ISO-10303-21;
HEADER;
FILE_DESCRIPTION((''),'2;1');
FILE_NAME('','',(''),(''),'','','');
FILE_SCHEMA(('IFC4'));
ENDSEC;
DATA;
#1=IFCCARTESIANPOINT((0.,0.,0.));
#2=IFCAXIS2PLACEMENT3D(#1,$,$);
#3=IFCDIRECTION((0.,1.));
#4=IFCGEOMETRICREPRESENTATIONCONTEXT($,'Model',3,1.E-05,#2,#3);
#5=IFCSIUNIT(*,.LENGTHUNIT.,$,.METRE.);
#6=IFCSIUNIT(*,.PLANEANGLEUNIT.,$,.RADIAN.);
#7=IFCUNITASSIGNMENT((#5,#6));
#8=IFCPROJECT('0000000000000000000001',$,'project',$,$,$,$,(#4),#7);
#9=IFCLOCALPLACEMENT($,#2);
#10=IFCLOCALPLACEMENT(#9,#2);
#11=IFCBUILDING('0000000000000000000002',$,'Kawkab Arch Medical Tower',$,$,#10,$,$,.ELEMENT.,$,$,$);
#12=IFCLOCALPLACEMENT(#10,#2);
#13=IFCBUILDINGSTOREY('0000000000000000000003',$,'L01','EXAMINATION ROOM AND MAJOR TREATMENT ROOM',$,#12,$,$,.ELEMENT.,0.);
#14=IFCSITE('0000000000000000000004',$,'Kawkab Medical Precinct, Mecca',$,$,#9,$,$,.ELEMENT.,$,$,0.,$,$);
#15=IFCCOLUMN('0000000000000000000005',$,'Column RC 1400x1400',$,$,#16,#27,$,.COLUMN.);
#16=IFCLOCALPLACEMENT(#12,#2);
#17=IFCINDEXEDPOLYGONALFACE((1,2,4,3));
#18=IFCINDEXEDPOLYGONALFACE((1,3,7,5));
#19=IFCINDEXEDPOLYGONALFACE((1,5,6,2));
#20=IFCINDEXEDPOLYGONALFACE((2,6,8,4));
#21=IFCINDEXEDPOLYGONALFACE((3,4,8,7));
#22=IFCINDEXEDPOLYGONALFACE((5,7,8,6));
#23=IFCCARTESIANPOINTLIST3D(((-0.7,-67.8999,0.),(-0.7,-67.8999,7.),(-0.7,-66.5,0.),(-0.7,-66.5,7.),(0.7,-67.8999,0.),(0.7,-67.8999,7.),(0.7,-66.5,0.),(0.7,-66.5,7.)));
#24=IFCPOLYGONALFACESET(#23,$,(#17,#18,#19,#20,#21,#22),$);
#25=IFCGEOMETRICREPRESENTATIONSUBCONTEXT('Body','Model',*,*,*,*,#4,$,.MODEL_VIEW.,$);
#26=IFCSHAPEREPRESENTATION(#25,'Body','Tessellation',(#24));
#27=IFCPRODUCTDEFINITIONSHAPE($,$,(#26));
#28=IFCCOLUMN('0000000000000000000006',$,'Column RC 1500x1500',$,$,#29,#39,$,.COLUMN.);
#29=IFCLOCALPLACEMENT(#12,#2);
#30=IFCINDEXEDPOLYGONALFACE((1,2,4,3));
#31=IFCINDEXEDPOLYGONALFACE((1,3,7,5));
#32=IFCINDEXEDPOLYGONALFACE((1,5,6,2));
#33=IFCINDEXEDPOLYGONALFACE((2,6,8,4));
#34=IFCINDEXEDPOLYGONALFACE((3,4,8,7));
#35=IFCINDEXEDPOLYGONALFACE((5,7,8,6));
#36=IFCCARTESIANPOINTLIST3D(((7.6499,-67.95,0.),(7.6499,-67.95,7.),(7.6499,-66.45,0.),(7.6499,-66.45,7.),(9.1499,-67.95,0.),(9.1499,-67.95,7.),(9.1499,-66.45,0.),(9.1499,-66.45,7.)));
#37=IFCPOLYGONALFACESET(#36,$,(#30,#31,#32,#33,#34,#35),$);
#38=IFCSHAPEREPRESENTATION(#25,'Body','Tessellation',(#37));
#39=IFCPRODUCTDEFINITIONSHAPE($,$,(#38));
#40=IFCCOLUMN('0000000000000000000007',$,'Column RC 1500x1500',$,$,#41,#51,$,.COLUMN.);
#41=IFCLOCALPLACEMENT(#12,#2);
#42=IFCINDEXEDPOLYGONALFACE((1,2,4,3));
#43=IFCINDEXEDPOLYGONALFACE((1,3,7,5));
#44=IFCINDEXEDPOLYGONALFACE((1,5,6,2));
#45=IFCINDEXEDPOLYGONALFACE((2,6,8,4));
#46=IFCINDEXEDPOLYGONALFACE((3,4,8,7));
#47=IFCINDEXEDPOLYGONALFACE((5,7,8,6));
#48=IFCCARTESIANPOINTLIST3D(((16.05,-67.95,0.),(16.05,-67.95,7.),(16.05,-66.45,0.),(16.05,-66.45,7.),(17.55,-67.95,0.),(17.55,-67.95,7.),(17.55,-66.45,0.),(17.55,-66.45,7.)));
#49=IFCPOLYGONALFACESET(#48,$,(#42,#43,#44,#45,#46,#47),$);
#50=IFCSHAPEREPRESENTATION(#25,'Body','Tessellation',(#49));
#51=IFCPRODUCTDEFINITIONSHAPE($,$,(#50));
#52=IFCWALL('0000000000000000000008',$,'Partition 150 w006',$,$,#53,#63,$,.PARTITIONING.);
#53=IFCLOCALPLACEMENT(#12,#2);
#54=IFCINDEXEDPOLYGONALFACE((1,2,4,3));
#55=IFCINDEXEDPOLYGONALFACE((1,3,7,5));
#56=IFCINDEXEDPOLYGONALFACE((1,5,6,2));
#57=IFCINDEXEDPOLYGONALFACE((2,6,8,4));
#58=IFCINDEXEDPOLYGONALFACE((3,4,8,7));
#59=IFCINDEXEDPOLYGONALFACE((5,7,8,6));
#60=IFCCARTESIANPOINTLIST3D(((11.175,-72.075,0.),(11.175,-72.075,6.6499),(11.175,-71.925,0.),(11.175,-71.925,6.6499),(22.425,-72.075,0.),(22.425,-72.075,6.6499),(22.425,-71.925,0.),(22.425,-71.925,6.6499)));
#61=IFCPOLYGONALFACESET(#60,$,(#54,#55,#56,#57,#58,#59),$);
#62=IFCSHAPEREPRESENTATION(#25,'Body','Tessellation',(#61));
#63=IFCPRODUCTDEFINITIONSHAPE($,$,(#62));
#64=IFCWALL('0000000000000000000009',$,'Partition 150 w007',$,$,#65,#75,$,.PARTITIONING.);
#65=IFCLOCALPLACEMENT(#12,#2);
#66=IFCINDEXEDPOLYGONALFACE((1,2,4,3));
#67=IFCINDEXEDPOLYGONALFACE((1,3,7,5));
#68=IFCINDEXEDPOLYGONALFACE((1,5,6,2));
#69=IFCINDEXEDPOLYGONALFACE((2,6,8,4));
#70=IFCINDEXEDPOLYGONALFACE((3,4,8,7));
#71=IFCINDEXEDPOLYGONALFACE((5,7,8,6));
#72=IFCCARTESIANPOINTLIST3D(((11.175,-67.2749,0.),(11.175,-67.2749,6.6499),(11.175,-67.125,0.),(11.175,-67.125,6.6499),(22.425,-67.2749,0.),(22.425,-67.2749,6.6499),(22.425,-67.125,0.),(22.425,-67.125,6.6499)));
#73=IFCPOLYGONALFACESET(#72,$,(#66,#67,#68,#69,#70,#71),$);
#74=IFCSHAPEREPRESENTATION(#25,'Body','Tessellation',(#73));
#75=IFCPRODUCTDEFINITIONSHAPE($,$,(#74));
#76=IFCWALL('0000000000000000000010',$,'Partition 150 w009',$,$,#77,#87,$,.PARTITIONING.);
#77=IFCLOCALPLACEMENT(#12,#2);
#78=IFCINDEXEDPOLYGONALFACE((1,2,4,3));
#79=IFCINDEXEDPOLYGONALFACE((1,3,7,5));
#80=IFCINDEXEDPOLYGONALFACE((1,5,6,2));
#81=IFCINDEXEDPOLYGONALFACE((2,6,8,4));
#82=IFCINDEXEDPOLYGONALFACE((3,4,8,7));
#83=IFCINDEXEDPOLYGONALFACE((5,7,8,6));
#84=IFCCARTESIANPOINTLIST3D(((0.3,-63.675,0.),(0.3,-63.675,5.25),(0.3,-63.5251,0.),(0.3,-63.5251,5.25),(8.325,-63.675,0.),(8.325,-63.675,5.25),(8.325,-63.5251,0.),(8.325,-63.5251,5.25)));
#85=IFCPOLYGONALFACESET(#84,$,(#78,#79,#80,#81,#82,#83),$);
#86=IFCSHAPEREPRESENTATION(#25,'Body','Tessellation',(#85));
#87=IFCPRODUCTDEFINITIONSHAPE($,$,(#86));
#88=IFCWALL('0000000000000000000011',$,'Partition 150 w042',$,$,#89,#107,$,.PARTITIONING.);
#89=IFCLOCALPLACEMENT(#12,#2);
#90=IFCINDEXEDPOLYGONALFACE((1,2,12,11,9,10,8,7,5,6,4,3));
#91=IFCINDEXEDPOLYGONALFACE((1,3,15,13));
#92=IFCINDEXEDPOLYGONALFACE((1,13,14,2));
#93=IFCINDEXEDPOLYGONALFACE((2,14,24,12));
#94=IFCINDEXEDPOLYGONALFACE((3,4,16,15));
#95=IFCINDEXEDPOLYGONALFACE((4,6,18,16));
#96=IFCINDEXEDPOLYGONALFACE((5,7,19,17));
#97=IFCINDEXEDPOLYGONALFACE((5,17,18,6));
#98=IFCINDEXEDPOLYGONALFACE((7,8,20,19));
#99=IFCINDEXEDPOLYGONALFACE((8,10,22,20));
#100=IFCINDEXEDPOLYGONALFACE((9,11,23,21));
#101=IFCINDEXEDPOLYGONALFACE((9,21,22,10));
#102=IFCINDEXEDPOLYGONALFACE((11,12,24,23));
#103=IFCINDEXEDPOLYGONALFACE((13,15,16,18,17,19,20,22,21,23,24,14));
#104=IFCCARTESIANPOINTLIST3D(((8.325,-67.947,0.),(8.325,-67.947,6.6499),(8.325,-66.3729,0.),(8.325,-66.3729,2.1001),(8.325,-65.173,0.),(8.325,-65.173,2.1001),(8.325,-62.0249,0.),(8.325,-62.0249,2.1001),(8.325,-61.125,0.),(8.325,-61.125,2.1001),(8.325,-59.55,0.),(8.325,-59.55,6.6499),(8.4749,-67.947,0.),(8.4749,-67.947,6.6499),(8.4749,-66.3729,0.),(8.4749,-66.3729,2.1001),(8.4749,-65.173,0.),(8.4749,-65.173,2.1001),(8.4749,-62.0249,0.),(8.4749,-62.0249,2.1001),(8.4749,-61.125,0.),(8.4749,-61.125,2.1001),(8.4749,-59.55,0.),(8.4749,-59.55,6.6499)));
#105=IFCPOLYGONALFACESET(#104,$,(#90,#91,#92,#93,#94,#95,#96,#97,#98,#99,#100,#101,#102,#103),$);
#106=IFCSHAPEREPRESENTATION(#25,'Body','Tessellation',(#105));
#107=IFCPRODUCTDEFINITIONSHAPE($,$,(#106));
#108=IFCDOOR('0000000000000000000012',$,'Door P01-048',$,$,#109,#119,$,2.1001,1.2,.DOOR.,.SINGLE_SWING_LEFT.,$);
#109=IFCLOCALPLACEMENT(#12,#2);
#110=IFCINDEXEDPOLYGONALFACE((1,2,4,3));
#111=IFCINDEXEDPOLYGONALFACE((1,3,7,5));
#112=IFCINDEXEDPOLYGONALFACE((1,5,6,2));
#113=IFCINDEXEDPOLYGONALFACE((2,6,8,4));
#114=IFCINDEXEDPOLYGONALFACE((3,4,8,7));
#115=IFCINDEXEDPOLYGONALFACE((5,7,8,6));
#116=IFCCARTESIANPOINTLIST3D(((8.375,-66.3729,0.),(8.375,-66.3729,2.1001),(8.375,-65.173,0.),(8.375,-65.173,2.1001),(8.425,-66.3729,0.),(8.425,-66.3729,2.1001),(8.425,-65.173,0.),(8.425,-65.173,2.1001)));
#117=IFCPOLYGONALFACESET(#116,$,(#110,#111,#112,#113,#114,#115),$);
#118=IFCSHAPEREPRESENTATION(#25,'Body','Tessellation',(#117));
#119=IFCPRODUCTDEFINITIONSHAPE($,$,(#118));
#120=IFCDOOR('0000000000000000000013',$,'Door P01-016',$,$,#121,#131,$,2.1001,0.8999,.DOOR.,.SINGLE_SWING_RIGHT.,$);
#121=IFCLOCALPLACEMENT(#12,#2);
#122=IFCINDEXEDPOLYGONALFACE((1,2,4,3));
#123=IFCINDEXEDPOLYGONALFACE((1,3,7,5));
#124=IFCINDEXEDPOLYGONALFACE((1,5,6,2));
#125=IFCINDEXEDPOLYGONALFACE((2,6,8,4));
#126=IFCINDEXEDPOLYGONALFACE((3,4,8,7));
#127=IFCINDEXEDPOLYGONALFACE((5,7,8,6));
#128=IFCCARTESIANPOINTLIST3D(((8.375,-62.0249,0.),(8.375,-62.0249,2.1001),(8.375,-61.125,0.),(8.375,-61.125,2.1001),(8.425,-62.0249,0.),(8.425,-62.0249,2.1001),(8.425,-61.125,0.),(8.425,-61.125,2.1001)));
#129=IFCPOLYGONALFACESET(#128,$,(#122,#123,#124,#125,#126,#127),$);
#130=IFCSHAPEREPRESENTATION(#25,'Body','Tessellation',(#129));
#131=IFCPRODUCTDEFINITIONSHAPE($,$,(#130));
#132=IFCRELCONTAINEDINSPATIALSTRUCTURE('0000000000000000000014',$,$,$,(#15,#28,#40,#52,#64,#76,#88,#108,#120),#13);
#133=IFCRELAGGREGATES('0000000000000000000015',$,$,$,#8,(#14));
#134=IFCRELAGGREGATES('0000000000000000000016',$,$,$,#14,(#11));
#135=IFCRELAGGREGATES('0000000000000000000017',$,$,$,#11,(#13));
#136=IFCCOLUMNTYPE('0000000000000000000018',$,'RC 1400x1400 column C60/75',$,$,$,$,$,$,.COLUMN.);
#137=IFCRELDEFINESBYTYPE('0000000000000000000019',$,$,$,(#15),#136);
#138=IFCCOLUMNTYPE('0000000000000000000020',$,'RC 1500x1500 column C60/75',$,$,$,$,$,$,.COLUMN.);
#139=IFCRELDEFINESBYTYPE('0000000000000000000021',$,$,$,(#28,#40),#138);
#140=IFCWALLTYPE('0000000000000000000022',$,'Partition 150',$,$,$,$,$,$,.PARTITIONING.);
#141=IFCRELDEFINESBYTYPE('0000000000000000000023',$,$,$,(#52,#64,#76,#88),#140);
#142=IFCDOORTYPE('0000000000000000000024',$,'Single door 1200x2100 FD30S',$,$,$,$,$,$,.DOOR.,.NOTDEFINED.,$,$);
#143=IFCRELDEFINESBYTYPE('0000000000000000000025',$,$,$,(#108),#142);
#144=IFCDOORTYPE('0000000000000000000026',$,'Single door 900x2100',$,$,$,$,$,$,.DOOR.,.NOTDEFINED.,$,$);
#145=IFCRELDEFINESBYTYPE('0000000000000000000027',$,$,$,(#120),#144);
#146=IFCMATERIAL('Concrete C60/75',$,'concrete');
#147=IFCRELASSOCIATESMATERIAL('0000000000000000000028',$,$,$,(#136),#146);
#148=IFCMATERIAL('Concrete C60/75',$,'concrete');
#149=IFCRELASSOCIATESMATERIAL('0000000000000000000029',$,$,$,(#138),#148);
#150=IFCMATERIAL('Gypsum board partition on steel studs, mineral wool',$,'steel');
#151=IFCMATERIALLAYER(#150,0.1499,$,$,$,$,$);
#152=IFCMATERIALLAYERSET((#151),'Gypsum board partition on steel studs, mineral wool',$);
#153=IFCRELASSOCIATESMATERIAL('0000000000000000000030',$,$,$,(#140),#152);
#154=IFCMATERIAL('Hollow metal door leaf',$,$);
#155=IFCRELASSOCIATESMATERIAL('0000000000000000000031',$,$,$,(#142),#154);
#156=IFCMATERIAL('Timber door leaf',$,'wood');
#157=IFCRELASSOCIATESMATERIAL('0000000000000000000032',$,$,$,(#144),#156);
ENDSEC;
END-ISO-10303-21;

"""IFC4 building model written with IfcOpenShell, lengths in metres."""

from ifc_helpers import new_model, si_unit, direction, frame, frame_2d, origin, origin_2d, place, context, subcontext, project, spatial, rectangle, extrude, material, layer, layer_set, material_profile, profile_set, type_object, element, fill, save


model = new_model("IFC4")

# Units and contexts
model_context = context("Model", 3, precision=1e-05, world=origin(), true_north=direction((0.0, 1.0)))
body_context = subcontext(model_context, "Body", "Model", "MODEL_VIEW")
ifc_project = project(units=[si_unit("LENGTHUNIT", "METRE"), si_unit("PLANEANGLEUNIT", "RADIAN")], contexts=[model_context])

# Site, building, storey
site_placement = place(None, origin())
site = spatial("IfcSite", under=ifc_project, at=site_placement, Name="Kawkab Medical Precinct, Mecca", CompositionType="ELEMENT", RefElevation=0.0)
building_placement = place(site_placement, origin())
building = spatial("IfcBuilding", under=site, at=building_placement, Name="Kawkab Arch Medical Tower", CompositionType="ELEMENT")
storey_placement = place(building_placement, origin())
storey = spatial("IfcBuildingStorey", under=building, at=storey_placement, Name="L01", Description="EXAMINATION ROOM AND MAJOR TREATMENT ROOM", CompositionType="ELEMENT", Elevation=0.0)

# Columns
ifc_material_1 = material(Name="Concrete C60/75", Category="concrete")
ifc_material_profile_1 = material_profile(ifc_material_1, rectangle(XDim=1.3999, YDim=1.3999, at=origin_2d()), Name="RC 1400x1400")
ifc_profile_set_1 = profile_set([ifc_material_profile_1], Name="Concrete C60/75")
column_type_1 = type_object("IfcColumnType", Name="RC 1400x1400 column C60/75", PredefinedType="COLUMN", material=ifc_profile_set_1)
column_placement = place(storey_placement, frame((0.0, -67.2, 0.0), z_axis=(0.0, 0.0, 1.0), x_axis=(1.0, 0.0, 0.0)))
element("IfcColumn", 1, at=column_placement, inside=storey, type_object=column_type_1, Name="Column RC 1400x1400", PredefinedType="COLUMN", context=body_context, shape_type="SweptSolid", body=[
    extrude(rectangle(XDim=1.3999, YDim=1.3999, at=origin_2d()), origin(), (0.0, 0.0, 1.0), 7.0),
])
ifc_material_2 = material(Name="Concrete C60/75", Category="concrete")
ifc_material_profile_2 = material_profile(ifc_material_2, rectangle(XDim=1.5, YDim=1.5, at=origin_2d()), Name="RC 1500x1500")
ifc_profile_set_2 = profile_set([ifc_material_profile_2], Name="Concrete C60/75")
column_type_2 = type_object("IfcColumnType", Name="RC 1500x1500 column C60/75", PredefinedType="COLUMN", material=ifc_profile_set_2)
for number, where, z_axis, x_axis, name in (
    (2, (8.3999, -67.2, 0.0), (0.0, 0.0, 1.0), (1.0, 0.0, 0.0), "Column RC 1500x1500"),
    (3, (16.8, -67.2, 0.0), (0.0, 0.0, 1.0), (1.0, 0.0, 0.0), "Column RC 1500x1500"),
):
    element("IfcColumn", number, at=place(storey_placement, frame(where, z_axis=z_axis, x_axis=x_axis)), inside=storey, type_object=column_type_2, Name=name, PredefinedType="COLUMN", context=body_context, shape_type="SweptSolid", body=[
        extrude(rectangle(XDim=1.5, YDim=1.5, at=origin_2d()), origin(), (0.0, 0.0, 1.0), 7.0),
    ])

# Walls
ifc_material_3 = material(Name="Gypsum board partition on steel studs, mineral wool", Category="steel")
ifc_layer_1 = layer(ifc_material_3, 0.1499)
ifc_layer_set_1 = layer_set([ifc_layer_1], Name="Gypsum board partition on steel studs, mineral wool")
wall_type_1 = type_object("IfcWallType", Name="Partition 150", PredefinedType="PARTITIONING", material=ifc_layer_set_1)
for number, where, z_axis, x_axis, name in (
    (4, (11.175, -72.0, 0.0), (0.0, 0.0, 1.0), (1.0, 0.0, 0.0), "Partition 150 w006"),
    (5, (11.175, -67.2, 0.0), (0.0, 0.0, 1.0), (1.0, 0.0, 0.0), "Partition 150 w007"),
):
    element("IfcWall", number, at=place(storey_placement, frame(where, z_axis=z_axis, x_axis=x_axis)), inside=storey, type_object=wall_type_1, Name=name, PredefinedType="PARTITIONING", context=body_context, shape_type="SweptSolid", body=[
        extrude(rectangle(XDim=11.25, YDim=0.1499, at=frame_2d((5.625, 0.0))), origin(), (0.0, 0.0, 1.0), 6.6499),
    ])
wall_1_placement = place(storey_placement, frame((0.3, -63.6001, 0.0), z_axis=(0.0, 0.0, 1.0), x_axis=(1.0, 0.0, 0.0)))
element("IfcWall", 6, at=wall_1_placement, inside=storey, type_object=wall_type_1, Name="Partition 150 w009", PredefinedType="PARTITIONING", context=body_context, shape_type="SweptSolid", body=[
    extrude(rectangle(XDim=8.0249, YDim=0.1499, at=frame_2d((4.0125, 0.0))), origin(), (0.0, 0.0, 1.0), 5.25),
])

# Wall, openings, doors
wall_2_placement = place(storey_placement, frame((8.3999, -67.947, 0.0), z_axis=(0.0, 0.0, 1.0), x_axis=(0.0, 1.0, 0.0)))
wall_2 = element("IfcWall", 7, at=wall_2_placement, inside=storey, type_object=wall_type_1, Name="Partition 150 w042", PredefinedType="PARTITIONING", context=body_context, shape_type="SweptSolid", body=[
    extrude(rectangle(XDim=8.397, YDim=0.1499, at=frame_2d((4.1985, 0.0))), origin(), (0.0, 0.0, 1.0), 6.6499),
])
opening_1_placement = place(wall_2_placement, frame((5.9221, 0.0, 0.0)))
opening_1 = element("IfcOpeningElement", 8, at=opening_1_placement, cuts=wall_2, PredefinedType="OPENING", context=body_context, shape_type="SweptSolid", body=[
    extrude(rectangle(XDim=0.8999, YDim=2.1001, at=frame_2d((0.45, 1.05))), frame((0.0, 0.085, 0.0), z_axis=(0.0, -1.0, 0.0), x_axis=(1.0, 0.0, 0.0)), (0.0, 0.0, 1.0), 0.1699),
])
opening_2_placement = place(wall_2_placement, frame((1.574, 0.0, 0.0)))
opening_2 = element("IfcOpeningElement", 9, at=opening_2_placement, cuts=wall_2, PredefinedType="OPENING", context=body_context, shape_type="SweptSolid", body=[
    extrude(rectangle(XDim=1.2, YDim=2.1001, at=frame_2d((0.6001, 1.05))), frame((0.0, 0.085, 0.0), z_axis=(0.0, -1.0, 0.0), x_axis=(1.0, 0.0, 0.0)), (0.0, 0.0, 1.0), 0.1699),
])
ifc_material_4 = material(Name="Hollow metal door leaf")
door_type_1 = type_object("IfcDoorType", Name="Single door 1200x2100 FD30S", OperationType="NOTDEFINED", PredefinedType="DOOR", material=ifc_material_4)
door_1_placement = place(opening_2_placement, origin())
door_1 = element("IfcDoor", 10, at=door_1_placement, inside=storey, type_object=door_type_1, Name="Door P01-048", OperationType="SINGLE_SWING_LEFT", OverallHeight=2.1001, OverallWidth=1.2, PredefinedType="DOOR", context=body_context, shape_type="SweptSolid", body=[
    extrude(rectangle(XDim=1.2, YDim=2.1001, at=frame_2d((0.6001, 1.05))), frame((0.0, 0.0249, 0.0), z_axis=(0.0, -1.0, 0.0), x_axis=(1.0, 0.0, 0.0)), (0.0, 0.0, 1.0), 0.05),
])
fill(opening_2, door_1)
ifc_material_5 = material(Name="Timber door leaf", Category="wood")
door_type_2 = type_object("IfcDoorType", Name="Single door 900x2100", OperationType="NOTDEFINED", PredefinedType="DOOR", material=ifc_material_5)
door_2_placement = place(opening_1_placement, origin())
door_2 = element("IfcDoor", 11, at=door_2_placement, inside=storey, type_object=door_type_2, Name="Door P01-016", OperationType="SINGLE_SWING_RIGHT", OverallHeight=2.1001, OverallWidth=0.8999, PredefinedType="DOOR", context=body_context, shape_type="SweptSolid", body=[
    extrude(rectangle(XDim=0.8999, YDim=2.1001, at=frame_2d((0.45, 1.05))), frame((0.0, 0.0249, 0.0), z_axis=(0.0, -1.0, 0.0), x_axis=(1.0, 0.0, 0.0)), (0.0, 0.0, 1.0), 0.05),
])
fill(opening_1, door_2)

save(model, "model.ifc")
